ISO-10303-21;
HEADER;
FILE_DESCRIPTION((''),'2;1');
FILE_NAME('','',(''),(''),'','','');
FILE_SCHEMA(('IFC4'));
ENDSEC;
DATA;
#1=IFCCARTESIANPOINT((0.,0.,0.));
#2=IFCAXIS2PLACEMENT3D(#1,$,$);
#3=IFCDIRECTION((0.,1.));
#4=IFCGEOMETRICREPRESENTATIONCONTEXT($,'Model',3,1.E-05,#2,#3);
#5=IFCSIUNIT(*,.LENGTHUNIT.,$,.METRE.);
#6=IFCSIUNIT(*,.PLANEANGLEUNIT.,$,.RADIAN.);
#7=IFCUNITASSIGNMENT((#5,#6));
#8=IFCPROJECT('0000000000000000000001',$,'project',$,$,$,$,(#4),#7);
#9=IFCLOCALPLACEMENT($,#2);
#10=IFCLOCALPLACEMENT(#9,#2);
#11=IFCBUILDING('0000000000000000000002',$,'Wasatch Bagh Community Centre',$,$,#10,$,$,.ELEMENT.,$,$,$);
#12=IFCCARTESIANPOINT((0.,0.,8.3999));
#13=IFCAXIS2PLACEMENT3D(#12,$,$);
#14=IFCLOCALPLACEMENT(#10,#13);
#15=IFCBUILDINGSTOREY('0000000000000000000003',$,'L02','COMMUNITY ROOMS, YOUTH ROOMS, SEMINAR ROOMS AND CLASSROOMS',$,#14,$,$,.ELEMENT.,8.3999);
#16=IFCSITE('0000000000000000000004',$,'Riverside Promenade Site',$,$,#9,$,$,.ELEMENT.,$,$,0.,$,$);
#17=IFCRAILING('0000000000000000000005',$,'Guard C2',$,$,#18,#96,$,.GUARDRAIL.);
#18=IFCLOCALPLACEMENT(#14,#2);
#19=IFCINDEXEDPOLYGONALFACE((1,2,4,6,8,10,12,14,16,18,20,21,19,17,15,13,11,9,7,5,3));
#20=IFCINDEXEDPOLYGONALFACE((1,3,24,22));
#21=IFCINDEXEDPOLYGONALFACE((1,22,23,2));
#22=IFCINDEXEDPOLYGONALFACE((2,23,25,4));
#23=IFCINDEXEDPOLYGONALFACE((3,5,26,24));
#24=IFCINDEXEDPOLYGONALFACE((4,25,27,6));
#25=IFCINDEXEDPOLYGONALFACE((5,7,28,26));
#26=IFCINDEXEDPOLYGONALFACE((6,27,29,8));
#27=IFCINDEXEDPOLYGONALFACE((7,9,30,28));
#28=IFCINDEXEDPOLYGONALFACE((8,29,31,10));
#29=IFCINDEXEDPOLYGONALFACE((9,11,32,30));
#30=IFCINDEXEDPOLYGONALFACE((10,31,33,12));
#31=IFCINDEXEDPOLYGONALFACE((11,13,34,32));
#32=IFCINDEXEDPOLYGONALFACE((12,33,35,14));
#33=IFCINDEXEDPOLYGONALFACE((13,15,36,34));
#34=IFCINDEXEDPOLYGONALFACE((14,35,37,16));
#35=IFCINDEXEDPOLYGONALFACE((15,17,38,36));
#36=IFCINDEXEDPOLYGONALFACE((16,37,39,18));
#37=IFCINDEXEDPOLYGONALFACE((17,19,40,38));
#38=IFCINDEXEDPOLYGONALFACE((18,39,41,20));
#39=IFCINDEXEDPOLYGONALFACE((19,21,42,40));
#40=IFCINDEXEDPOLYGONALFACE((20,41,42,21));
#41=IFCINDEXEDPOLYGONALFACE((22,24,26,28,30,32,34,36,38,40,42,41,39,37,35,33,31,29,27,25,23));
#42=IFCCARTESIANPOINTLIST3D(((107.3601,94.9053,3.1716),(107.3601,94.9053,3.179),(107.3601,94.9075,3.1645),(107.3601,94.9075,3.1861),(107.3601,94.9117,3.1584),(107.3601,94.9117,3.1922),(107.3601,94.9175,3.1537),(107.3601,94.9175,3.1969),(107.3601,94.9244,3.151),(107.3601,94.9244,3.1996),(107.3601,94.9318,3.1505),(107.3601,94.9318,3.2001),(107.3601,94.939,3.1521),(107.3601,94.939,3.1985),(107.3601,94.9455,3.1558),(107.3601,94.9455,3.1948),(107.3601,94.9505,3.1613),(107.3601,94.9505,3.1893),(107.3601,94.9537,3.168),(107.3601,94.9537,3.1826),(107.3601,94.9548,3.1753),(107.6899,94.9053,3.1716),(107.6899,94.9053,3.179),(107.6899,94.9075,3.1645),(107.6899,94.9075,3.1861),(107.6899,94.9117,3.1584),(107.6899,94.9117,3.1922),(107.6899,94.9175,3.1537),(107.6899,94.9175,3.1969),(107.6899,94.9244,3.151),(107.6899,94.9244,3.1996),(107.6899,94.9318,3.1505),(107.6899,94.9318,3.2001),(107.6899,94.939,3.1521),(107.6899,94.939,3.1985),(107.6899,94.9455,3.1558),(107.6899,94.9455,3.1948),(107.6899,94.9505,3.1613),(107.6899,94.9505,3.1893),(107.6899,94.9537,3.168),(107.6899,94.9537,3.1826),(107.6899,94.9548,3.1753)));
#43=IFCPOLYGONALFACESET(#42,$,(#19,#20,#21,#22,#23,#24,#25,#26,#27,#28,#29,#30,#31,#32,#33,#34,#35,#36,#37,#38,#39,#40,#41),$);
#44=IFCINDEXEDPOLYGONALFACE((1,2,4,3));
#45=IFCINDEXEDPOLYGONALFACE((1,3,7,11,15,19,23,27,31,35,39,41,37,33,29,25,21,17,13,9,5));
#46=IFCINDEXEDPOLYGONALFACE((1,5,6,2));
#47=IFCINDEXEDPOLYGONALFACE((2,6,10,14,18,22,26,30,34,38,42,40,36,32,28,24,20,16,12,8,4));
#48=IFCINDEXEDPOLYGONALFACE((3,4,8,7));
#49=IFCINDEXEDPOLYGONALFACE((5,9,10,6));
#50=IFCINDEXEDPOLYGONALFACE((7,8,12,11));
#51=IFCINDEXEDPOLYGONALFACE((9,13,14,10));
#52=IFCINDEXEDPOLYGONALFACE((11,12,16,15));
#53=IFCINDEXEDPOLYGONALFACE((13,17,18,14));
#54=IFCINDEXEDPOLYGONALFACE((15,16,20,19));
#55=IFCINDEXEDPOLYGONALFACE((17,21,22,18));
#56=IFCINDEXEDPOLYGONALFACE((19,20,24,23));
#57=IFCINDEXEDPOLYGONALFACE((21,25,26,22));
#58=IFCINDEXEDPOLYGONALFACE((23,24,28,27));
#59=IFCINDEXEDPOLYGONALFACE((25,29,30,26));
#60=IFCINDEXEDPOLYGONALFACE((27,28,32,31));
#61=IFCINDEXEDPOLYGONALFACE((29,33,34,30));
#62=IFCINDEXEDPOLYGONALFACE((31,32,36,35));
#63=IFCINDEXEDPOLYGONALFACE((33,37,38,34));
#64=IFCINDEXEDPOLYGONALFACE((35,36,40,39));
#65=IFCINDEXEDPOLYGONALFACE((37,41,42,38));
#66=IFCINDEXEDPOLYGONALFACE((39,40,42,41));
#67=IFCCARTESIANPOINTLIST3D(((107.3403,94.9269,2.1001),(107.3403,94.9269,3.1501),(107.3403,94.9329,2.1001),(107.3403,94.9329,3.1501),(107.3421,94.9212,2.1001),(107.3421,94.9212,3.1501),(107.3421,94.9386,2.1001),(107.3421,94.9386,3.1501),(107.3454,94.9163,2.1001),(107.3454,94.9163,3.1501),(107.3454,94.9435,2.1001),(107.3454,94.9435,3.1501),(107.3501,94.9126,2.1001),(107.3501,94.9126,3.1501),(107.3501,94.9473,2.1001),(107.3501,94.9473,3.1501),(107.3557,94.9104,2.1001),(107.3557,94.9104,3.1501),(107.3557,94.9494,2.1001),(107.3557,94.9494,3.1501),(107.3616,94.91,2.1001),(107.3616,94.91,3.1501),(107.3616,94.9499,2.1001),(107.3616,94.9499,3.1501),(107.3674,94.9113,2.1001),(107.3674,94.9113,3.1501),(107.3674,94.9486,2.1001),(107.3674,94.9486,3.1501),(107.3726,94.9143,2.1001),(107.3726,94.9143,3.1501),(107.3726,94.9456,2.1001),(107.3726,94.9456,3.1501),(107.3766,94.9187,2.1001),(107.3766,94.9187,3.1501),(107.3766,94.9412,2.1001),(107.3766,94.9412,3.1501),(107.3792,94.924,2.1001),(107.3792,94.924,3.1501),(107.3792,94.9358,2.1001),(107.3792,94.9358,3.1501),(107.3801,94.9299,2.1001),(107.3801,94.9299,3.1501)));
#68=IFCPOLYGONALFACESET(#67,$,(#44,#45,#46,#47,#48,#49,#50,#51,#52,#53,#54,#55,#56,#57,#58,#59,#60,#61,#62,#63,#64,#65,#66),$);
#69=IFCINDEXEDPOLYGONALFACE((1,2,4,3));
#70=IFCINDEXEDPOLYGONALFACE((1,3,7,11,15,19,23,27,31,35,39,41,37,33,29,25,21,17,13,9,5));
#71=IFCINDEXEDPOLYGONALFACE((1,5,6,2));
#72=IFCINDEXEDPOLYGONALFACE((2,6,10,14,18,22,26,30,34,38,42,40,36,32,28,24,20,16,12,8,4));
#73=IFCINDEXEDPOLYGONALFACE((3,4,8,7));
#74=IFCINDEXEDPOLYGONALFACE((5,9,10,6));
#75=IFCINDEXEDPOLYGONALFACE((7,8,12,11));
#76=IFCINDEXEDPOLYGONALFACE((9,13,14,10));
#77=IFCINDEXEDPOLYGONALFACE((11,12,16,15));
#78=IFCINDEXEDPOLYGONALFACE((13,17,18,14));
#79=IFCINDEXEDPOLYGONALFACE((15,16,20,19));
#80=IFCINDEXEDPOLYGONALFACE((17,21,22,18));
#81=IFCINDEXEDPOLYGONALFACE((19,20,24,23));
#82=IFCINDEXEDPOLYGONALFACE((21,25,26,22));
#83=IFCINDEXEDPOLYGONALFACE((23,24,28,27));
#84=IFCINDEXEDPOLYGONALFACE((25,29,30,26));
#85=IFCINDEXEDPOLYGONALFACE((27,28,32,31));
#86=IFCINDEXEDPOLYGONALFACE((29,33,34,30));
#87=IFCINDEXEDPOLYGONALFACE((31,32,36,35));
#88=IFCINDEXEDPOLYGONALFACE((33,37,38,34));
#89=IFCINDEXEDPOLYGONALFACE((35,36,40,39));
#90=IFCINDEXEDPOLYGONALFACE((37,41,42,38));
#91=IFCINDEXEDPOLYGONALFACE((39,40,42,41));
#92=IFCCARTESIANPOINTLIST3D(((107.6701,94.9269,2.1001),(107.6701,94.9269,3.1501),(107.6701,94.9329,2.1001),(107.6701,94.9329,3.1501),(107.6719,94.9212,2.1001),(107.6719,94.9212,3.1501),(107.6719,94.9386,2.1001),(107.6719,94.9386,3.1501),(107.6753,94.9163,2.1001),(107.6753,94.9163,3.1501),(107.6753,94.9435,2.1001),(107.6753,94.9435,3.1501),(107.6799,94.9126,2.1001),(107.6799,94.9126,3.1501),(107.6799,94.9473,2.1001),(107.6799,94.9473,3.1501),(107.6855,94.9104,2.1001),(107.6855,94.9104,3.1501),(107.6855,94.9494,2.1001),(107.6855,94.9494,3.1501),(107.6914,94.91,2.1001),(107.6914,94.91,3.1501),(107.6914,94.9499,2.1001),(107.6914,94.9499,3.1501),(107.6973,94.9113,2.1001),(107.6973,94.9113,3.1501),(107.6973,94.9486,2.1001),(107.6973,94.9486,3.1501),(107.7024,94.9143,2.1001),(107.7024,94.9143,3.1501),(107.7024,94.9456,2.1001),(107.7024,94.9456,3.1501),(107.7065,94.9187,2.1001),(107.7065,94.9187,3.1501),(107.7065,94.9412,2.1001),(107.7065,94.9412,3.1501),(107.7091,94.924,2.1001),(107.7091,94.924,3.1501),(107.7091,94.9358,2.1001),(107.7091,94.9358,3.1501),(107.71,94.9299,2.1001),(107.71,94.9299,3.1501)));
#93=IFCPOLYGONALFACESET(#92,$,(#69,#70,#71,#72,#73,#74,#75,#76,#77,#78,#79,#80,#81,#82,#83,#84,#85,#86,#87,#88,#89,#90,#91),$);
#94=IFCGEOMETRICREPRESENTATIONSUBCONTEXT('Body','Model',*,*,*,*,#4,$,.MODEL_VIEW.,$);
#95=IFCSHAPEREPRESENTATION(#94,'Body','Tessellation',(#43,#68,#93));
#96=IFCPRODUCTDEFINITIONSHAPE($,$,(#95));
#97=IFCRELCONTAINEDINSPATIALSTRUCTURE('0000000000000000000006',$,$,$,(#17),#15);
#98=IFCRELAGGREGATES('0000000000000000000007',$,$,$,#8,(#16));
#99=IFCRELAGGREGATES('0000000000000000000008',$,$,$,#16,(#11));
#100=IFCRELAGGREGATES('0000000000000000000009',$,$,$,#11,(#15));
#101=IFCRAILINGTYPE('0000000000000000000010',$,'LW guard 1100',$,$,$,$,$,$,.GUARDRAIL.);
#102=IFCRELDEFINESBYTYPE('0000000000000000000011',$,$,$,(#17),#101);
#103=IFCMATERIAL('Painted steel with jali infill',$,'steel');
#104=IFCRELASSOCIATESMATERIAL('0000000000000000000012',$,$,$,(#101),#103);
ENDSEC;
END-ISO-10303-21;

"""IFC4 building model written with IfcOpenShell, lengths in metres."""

from ifc_helpers import new_model, si_unit, direction, frame, origin, origin_2d, place, context, subcontext, project, spatial, circle, extrude, material, type_object, element, save


model = new_model("IFC4")

# Units and contexts
model_context = context("Model", 3, precision=1e-05, world=origin(), true_north=direction((0.0, 1.0)))
body_context = subcontext(model_context, "Body", "Model", "MODEL_VIEW")
ifc_project = project(units=[si_unit("LENGTHUNIT", "METRE"), si_unit("PLANEANGLEUNIT", "RADIAN")], contexts=[model_context])

# Site, building, storey
site_placement = place(None, origin())
site = spatial("IfcSite", under=ifc_project, at=site_placement, Name="Riverside Promenade Site", CompositionType="ELEMENT", RefElevation=0.0)
building_placement = place(site_placement, origin())
building = spatial("IfcBuilding", under=site, at=building_placement, Name="Wasatch Bagh Community Centre", CompositionType="ELEMENT")
storey_placement = place(building_placement, frame((0.0, 0.0, 8.3999)))
storey = spatial("IfcBuildingStorey", under=building, at=storey_placement, Name="L02", Description="COMMUNITY ROOMS, YOUTH ROOMS, SEMINAR ROOMS AND CLASSROOMS", CompositionType="ELEMENT", Elevation=8.3999)

# Railing
ifc_material_1 = material(Name="Painted steel with jali infill", Category="steel")
railing_type_1 = type_object("IfcRailingType", Name="LW guard 1100", PredefinedType="GUARDRAIL", material=ifc_material_1)
railing_1_placement = place(storey_placement, frame((107.3601, 94.9299, 2.1001)))
element("IfcRailing", 1, at=railing_1_placement, inside=storey, type_object=railing_type_1, Name="Guard C2", PredefinedType="GUARDRAIL", context=body_context, shape_type="SweptSolid", body=[
    extrude(circle(Radius=0.0249, at=origin_2d()), frame((0.0, 0.0, 1.0752), z_axis=(1.0, 0.0, 0.0), x_axis=(0.0, 1.0, 0.0)), (0.0, 0.0, 1.0), 0.3298),
    extrude(circle(Radius=0.02, at=origin_2d()), origin(), (0.0, 0.0, 1.0), 1.05),
    extrude(circle(Radius=0.02, at=origin_2d()), frame((0.3298, 0.0, 0.0)), (0.0, 0.0, 1.0), 1.05),
])

save(model, "model.ifc")
